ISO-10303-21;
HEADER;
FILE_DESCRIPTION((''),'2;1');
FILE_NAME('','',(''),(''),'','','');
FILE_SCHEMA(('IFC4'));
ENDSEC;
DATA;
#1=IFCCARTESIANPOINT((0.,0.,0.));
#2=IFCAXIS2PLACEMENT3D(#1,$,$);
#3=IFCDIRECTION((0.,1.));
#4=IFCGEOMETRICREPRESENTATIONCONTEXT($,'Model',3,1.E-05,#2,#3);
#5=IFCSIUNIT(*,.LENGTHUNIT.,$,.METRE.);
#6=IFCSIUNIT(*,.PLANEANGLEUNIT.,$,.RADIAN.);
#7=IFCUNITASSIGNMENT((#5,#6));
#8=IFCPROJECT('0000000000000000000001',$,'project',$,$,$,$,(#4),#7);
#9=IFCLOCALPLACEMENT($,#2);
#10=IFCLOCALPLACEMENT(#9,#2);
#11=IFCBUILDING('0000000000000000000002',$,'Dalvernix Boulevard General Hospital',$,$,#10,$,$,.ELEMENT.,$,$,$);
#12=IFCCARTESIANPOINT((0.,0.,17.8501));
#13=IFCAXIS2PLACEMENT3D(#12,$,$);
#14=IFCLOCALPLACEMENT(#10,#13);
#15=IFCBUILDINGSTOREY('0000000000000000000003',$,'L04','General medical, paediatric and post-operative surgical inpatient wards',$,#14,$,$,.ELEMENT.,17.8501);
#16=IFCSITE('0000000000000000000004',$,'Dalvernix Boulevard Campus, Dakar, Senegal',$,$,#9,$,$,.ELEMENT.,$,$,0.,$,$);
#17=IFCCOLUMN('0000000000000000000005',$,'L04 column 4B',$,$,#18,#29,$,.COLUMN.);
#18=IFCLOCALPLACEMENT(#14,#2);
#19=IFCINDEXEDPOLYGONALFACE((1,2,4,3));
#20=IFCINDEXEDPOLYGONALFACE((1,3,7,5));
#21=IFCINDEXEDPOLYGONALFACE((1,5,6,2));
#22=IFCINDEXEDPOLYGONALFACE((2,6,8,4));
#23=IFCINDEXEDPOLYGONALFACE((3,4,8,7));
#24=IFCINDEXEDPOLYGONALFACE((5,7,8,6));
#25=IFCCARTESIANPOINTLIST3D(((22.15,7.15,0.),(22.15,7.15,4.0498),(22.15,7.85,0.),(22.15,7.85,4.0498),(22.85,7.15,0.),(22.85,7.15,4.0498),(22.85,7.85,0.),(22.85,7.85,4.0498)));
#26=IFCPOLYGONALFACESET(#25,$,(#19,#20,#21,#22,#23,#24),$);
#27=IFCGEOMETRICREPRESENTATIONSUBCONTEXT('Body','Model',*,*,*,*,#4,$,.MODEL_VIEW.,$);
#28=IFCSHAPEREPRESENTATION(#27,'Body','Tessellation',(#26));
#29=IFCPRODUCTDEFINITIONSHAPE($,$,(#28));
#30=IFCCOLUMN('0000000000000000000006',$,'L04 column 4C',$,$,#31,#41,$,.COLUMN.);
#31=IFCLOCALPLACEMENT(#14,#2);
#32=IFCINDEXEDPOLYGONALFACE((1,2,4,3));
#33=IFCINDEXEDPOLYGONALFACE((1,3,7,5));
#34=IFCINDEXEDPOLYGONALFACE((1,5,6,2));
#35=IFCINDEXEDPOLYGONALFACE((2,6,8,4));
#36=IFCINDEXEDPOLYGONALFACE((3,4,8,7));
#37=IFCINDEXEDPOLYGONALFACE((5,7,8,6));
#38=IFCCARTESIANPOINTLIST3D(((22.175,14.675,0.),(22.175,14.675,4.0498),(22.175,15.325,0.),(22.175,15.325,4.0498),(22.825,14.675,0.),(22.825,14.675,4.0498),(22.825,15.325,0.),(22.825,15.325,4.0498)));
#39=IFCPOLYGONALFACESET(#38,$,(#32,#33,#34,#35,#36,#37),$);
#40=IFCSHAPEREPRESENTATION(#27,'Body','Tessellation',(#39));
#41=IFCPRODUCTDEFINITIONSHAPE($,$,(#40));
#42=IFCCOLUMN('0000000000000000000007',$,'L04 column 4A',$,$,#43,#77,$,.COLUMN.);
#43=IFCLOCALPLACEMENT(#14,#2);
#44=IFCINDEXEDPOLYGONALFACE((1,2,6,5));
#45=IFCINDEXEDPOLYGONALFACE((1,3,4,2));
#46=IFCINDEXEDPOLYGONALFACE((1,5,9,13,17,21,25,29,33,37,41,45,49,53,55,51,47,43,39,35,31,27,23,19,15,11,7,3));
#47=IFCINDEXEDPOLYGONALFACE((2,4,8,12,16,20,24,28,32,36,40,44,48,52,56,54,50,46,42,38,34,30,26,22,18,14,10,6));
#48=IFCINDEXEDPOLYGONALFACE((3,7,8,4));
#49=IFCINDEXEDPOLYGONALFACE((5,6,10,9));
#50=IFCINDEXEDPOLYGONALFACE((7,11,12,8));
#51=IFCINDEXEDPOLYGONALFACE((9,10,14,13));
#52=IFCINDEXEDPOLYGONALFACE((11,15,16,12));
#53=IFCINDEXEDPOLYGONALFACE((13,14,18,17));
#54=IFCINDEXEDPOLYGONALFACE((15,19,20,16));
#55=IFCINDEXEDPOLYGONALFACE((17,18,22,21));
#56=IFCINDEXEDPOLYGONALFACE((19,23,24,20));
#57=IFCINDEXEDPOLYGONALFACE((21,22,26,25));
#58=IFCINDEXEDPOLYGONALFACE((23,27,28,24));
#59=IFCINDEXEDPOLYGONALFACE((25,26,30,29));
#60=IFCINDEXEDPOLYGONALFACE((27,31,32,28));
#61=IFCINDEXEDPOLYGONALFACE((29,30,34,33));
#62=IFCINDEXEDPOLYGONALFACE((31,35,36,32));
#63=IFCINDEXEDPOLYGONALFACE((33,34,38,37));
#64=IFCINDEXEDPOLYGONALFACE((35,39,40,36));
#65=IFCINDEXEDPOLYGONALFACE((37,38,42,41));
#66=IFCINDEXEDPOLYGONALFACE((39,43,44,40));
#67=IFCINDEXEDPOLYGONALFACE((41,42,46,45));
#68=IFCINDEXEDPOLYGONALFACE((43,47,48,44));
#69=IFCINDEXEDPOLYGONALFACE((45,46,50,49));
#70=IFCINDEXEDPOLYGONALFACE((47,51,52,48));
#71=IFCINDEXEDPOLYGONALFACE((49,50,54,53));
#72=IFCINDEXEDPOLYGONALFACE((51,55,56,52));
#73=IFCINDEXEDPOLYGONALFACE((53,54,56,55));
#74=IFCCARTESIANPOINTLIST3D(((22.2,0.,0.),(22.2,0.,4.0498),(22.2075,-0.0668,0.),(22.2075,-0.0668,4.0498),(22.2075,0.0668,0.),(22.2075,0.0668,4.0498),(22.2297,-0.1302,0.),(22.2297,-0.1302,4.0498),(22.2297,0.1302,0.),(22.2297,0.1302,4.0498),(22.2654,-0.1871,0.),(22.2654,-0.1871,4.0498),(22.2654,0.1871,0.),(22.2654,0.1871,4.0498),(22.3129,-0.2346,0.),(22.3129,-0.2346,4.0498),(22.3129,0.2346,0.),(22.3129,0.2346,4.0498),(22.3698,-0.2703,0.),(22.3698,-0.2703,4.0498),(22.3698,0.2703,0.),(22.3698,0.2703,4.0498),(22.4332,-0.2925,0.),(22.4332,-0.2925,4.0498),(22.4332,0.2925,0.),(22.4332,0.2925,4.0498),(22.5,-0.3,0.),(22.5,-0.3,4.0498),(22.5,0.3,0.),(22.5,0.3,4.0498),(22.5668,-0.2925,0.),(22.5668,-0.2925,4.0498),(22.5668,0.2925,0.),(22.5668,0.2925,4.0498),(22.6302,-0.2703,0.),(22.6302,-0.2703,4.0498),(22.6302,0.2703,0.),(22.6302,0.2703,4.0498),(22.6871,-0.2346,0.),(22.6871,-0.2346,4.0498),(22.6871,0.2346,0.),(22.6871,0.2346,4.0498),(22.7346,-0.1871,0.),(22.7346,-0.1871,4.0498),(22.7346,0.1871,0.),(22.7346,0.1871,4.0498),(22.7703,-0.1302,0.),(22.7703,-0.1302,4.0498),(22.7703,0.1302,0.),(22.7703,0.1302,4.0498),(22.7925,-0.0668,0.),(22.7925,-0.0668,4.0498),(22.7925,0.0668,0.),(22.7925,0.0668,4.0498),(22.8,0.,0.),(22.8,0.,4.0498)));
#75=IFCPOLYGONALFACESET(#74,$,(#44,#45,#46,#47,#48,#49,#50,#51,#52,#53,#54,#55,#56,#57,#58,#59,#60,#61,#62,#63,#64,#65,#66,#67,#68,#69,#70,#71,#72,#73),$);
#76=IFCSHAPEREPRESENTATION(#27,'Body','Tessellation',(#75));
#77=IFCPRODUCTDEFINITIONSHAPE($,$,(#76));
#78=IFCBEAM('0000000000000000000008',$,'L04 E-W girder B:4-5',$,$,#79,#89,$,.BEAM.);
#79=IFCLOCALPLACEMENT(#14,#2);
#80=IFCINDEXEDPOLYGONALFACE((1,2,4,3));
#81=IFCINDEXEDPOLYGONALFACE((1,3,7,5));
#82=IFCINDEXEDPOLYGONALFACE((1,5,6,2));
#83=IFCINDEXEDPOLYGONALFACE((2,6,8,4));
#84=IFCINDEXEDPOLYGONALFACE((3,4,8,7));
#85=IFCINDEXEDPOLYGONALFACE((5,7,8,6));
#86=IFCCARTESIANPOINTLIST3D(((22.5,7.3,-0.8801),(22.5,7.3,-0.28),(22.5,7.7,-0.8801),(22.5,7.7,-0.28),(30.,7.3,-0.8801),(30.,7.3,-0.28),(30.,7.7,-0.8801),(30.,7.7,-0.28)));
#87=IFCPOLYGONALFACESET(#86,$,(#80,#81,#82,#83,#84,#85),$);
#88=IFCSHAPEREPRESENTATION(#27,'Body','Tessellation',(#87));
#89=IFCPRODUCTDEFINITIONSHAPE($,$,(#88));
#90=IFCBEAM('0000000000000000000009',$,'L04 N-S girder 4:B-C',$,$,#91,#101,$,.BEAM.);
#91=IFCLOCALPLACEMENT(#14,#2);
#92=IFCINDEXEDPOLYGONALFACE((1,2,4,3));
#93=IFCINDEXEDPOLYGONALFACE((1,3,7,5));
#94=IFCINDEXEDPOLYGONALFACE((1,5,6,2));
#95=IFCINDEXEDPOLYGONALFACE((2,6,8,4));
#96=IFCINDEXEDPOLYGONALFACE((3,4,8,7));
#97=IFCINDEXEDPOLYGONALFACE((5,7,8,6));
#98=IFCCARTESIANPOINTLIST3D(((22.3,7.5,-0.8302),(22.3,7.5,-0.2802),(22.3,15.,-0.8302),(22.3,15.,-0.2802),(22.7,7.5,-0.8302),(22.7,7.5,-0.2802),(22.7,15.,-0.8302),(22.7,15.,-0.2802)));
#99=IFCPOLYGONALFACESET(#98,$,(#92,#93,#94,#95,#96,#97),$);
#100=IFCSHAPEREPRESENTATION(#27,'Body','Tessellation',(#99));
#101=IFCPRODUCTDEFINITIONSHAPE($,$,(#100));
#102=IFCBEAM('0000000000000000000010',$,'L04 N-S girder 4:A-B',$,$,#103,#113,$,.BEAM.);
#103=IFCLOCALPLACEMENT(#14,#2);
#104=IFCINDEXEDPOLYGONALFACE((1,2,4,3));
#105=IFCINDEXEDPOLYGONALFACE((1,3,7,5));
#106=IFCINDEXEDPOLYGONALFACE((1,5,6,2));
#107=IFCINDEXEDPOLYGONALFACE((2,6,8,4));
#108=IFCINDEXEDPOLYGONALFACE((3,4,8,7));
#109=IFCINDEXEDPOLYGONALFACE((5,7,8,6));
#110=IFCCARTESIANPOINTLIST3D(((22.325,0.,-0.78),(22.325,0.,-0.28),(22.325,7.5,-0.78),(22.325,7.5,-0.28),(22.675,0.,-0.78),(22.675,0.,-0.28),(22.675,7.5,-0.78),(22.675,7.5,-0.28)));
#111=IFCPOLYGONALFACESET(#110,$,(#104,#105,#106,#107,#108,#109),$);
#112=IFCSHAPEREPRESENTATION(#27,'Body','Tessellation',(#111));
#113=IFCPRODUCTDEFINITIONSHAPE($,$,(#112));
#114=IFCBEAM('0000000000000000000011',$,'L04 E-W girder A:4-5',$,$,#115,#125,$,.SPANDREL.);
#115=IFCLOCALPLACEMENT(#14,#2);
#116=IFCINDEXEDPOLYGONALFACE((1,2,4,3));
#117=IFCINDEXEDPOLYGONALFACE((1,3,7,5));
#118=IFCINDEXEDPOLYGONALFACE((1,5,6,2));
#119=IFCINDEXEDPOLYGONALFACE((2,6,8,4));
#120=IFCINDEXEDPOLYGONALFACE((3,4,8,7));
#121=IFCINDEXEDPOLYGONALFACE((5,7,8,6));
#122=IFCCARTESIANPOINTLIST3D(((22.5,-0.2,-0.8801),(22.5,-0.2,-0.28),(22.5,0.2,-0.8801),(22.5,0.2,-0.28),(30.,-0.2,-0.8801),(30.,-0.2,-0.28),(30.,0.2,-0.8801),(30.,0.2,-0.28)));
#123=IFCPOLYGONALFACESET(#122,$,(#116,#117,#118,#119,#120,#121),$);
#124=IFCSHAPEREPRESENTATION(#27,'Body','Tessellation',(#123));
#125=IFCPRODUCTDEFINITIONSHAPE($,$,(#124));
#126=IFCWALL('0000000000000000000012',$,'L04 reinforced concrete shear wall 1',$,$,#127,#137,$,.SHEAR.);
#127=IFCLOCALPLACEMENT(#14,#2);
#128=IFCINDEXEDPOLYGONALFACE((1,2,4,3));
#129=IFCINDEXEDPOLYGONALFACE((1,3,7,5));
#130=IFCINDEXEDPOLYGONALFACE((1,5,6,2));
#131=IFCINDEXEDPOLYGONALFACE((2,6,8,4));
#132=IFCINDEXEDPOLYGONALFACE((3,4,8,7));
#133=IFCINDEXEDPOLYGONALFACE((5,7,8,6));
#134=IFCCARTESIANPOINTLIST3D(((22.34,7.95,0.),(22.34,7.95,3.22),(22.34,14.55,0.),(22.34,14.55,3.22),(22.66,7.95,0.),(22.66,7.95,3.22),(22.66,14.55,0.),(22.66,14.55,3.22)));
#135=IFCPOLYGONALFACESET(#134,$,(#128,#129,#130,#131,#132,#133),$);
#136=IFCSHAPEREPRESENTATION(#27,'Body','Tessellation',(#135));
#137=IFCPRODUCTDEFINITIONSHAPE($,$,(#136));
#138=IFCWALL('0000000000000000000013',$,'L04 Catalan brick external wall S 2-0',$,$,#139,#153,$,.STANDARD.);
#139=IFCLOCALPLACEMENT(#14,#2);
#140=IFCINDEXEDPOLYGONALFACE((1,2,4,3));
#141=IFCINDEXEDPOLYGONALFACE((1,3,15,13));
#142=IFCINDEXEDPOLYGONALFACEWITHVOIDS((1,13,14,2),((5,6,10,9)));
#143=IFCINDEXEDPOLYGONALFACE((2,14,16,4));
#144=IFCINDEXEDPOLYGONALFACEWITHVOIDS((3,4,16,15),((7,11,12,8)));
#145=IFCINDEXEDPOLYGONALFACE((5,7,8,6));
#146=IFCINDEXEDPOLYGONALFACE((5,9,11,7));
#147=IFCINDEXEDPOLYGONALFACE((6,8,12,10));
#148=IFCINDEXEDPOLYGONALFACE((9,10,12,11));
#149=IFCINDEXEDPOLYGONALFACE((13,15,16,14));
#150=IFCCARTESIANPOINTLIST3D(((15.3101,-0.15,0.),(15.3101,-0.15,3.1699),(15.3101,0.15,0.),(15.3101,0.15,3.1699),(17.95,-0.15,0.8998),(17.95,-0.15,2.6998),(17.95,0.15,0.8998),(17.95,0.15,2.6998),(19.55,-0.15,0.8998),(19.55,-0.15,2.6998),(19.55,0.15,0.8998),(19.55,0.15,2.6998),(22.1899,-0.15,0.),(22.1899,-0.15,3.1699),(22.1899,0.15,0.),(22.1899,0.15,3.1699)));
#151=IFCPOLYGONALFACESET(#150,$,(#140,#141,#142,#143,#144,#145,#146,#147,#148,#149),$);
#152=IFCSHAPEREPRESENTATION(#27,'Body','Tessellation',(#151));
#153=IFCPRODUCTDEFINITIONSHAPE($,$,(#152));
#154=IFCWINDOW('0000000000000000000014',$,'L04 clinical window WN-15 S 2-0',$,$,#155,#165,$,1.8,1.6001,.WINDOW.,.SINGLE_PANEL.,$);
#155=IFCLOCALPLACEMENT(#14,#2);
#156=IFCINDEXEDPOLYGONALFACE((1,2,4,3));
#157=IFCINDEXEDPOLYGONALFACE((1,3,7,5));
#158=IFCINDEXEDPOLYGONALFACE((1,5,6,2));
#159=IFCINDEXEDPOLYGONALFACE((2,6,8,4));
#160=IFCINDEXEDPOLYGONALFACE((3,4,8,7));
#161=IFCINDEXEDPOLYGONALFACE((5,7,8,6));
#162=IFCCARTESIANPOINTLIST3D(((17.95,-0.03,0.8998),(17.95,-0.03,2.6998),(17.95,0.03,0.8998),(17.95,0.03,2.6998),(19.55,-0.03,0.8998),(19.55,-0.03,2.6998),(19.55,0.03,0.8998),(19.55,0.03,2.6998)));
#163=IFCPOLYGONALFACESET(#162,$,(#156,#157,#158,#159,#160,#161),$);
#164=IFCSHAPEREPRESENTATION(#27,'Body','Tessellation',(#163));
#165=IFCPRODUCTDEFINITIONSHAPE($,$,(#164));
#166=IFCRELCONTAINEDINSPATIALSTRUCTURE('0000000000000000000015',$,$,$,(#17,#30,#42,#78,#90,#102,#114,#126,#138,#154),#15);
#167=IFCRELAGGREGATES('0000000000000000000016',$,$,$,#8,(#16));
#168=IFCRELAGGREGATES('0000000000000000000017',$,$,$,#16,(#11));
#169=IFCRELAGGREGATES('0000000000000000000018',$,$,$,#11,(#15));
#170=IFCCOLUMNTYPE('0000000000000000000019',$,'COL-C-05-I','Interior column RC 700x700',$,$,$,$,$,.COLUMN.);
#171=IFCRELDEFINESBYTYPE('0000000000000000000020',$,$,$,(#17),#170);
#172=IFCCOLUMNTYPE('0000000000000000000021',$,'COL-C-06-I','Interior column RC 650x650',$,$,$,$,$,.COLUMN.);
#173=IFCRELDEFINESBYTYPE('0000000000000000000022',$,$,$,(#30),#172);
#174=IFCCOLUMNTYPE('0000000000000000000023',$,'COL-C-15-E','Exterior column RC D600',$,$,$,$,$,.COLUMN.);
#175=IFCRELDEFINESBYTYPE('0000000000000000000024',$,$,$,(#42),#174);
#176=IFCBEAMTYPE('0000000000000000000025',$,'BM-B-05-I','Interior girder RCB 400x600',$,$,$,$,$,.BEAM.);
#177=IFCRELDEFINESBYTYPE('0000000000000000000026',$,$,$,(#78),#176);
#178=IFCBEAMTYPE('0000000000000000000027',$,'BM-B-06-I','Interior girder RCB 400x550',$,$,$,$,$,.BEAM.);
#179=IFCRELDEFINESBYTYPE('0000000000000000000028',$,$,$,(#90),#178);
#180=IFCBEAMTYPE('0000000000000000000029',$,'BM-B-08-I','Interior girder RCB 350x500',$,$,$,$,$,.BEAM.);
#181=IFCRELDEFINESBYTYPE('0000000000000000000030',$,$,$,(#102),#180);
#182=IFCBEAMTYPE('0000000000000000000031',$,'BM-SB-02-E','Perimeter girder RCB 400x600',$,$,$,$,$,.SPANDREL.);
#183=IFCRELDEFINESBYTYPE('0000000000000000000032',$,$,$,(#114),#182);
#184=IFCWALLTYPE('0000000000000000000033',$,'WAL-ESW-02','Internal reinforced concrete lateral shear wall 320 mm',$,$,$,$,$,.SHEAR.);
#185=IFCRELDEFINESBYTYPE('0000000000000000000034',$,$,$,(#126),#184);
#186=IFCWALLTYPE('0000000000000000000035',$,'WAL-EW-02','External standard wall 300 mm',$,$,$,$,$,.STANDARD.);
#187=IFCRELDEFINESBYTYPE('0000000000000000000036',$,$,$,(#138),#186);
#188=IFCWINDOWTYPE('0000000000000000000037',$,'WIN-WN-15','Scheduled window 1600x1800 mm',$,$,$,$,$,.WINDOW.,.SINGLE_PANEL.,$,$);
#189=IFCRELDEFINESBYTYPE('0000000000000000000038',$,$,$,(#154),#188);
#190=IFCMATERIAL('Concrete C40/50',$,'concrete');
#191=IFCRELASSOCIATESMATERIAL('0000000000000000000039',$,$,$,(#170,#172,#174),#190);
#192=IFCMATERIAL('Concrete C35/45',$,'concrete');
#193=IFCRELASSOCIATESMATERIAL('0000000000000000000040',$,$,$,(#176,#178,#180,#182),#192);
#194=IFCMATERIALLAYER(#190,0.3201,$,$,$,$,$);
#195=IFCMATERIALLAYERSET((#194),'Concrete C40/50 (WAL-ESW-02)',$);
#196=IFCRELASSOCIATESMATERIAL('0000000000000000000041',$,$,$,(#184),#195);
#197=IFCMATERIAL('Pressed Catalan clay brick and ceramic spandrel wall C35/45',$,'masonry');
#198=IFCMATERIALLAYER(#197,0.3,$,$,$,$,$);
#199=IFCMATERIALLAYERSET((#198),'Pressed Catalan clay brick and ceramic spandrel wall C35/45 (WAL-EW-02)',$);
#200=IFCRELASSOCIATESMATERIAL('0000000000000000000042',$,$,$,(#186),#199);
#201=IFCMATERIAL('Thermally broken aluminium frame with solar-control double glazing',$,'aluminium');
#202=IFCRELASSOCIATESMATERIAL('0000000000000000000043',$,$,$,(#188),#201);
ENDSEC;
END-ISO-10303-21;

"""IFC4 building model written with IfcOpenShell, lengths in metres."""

from ifc_helpers import new_model, si_unit, direction, frame, frame_2d, origin, origin_2d, place, context, subcontext, project, spatial, rectangle, circle, extrude, material, layer, layer_set, material_profile, profile_set, type_object, element, fill, save


model = new_model("IFC4")

# Units and contexts
model_context = context("Model", 3, precision=1e-05, world=origin(), true_north=direction((0.0, 1.0)))
body_context = subcontext(model_context, "Body", "Model", "MODEL_VIEW")
ifc_project = project(units=[si_unit("LENGTHUNIT", "METRE"), si_unit("PLANEANGLEUNIT", "RADIAN")], contexts=[model_context])

# Site, building, storey
site_placement = place(None, origin())
site = spatial("IfcSite", under=ifc_project, at=site_placement, Name="Dalvernix Boulevard Campus, Dakar, Senegal", CompositionType="ELEMENT", RefElevation=0.0)
building_placement = place(site_placement, origin())
building = spatial("IfcBuilding", under=site, at=building_placement, Name="Dalvernix Boulevard General Hospital", CompositionType="ELEMENT")
storey_placement = place(building_placement, frame((0.0, 0.0, 17.8501)))
storey = spatial("IfcBuildingStorey", under=building, at=storey_placement, Name="L04", Description="General medical, paediatric and post-operative surgical inpatient wards", CompositionType="ELEMENT", Elevation=17.8501)

# Columns
ifc_material_1 = material(Name="Concrete C40/50", Category="concrete")
ifc_material_profile_1 = material_profile(ifc_material_1, rectangle(XDim=0.7, YDim=0.7, at=origin_2d()), Name="RC 700x700")
ifc_profile_set_1 = profile_set([ifc_material_profile_1], Name="Concrete C40/50")
column_type_1 = type_object("IfcColumnType", Name="COL-C-05-I", Description="Interior column RC 700x700", PredefinedType="COLUMN", material=ifc_profile_set_1)
column_1_placement = place(storey_placement, frame((22.5, 7.5, 0.0), z_axis=(0.0, 0.0, 1.0), x_axis=(1.0, 0.0, 0.0)))
element("IfcColumn", 1, at=column_1_placement, inside=storey, type_object=column_type_1, Name="L04 column 4B", PredefinedType="COLUMN", context=body_context, shape_type="SweptSolid", body=[
    extrude(rectangle(XDim=0.7, YDim=0.7, at=origin_2d()), origin(), (0.0, 0.0, 1.0), 4.0498),
])
ifc_material_profile_2 = material_profile(ifc_material_1, rectangle(XDim=0.6499, YDim=0.6499, at=origin_2d()), Name="RC 650x650")
ifc_profile_set_2 = profile_set([ifc_material_profile_2], Name="Concrete C40/50")
column_type_2 = type_object("IfcColumnType", Name="COL-C-06-I", Description="Interior column RC 650x650", PredefinedType="COLUMN", material=ifc_profile_set_2)
column_2_placement = place(storey_placement, frame((22.5, 15.0, 0.0), z_axis=(0.0, 0.0, 1.0), x_axis=(1.0, 0.0, 0.0)))
element("IfcColumn", 2, at=column_2_placement, inside=storey, type_object=column_type_2, Name="L04 column 4C", PredefinedType="COLUMN", context=body_context, shape_type="SweptSolid", body=[
    extrude(rectangle(XDim=0.6499, YDim=0.6499, at=origin_2d()), origin(), (0.0, 0.0, 1.0), 4.0498),
])
ifc_material_profile_3 = material_profile(ifc_material_1, circle(Radius=0.3, at=origin_2d()), Name="RC D600")
ifc_profile_set_3 = profile_set([ifc_material_profile_3], Name="Concrete C40/50")
column_type_3 = type_object("IfcColumnType", Name="COL-C-15-E", Description="Exterior column RC D600", PredefinedType="COLUMN", material=ifc_profile_set_3)
column_3_placement = place(storey_placement, frame((22.5, 0.0, 0.0), z_axis=(0.0, 0.0, 1.0), x_axis=(1.0, 0.0, 0.0)))
element("IfcColumn", 3, at=column_3_placement, inside=storey, type_object=column_type_3, Name="L04 column 4A", PredefinedType="COLUMN", context=body_context, shape_type="SweptSolid", body=[
    extrude(circle(Radius=0.3, at=origin_2d()), origin(), (0.0, 0.0, 1.0), 4.0498),
])

# Beams
ifc_material_2 = material(Name="Concrete C35/45", Category="concrete")
ifc_material_profile_4 = material_profile(ifc_material_2, rectangle(XDim=0.3999, YDim=0.6001, at=origin_2d()), Name="RCB 400x600")
ifc_profile_set_4 = profile_set([ifc_material_profile_4], Name="Concrete C35/45")
beam_type_1 = type_object("IfcBeamType", Name="BM-B-05-I", Description="Interior girder RCB 400x600", PredefinedType="BEAM", material=ifc_profile_set_4)
beam_1_placement = place(storey_placement, frame((22.5, 7.5, -0.5801), z_axis=(1.0, 0.0, 0.0), x_axis=(0.0, 1.0, 0.0)))
element("IfcBeam", 4, at=beam_1_placement, inside=storey, type_object=beam_type_1, Name="L04 E-W girder B:4-5", PredefinedType="BEAM", context=body_context, shape_type="SweptSolid", body=[
    extrude(rectangle(XDim=0.3999, YDim=0.6001, at=origin_2d()), origin(), (0.0, 0.0, 1.0), 7.5),
])
ifc_material_profile_5 = material_profile(ifc_material_2, rectangle(XDim=0.3999, YDim=0.55, at=origin_2d()), Name="RCB 400x550")
ifc_profile_set_5 = profile_set([ifc_material_profile_5], Name="Concrete C35/45")
beam_type_2 = type_object("IfcBeamType", Name="BM-B-06-I", Description="Interior girder RCB 400x550", PredefinedType="BEAM", material=ifc_profile_set_5)
beam_2_placement = place(storey_placement, frame((22.5, 7.5, -0.5552), z_axis=(0.0, 1.0, 0.0), x_axis=(-1.0, 0.0, 0.0)))
element("IfcBeam", 5, at=beam_2_placement, inside=storey, type_object=beam_type_2, Name="L04 N-S girder 4:B-C", PredefinedType="BEAM", context=body_context, shape_type="SweptSolid", body=[
    extrude(rectangle(XDim=0.3999, YDim=0.55, at=origin_2d()), origin(), (0.0, 0.0, 1.0), 7.5),
])
ifc_material_profile_6 = material_profile(ifc_material_2, rectangle(XDim=0.3501, YDim=0.5, at=origin_2d()), Name="RCB 350x500")
ifc_profile_set_6 = profile_set([ifc_material_profile_6], Name="Concrete C35/45")
beam_type_3 = type_object("IfcBeamType", Name="BM-B-08-I", Description="Interior girder RCB 350x500", PredefinedType="BEAM", material=ifc_profile_set_6)
beam_3_placement = place(storey_placement, frame((22.5, 0.0, -0.53), z_axis=(0.0, 1.0, 0.0), x_axis=(-1.0, 0.0, 0.0)))
element("IfcBeam", 6, at=beam_3_placement, inside=storey, type_object=beam_type_3, Name="L04 N-S girder 4:A-B", PredefinedType="BEAM", context=body_context, shape_type="SweptSolid", body=[
    extrude(rectangle(XDim=0.3501, YDim=0.5, at=origin_2d()), origin(), (0.0, 0.0, 1.0), 7.5),
])
ifc_material_profile_7 = material_profile(ifc_material_2, rectangle(XDim=0.3999, YDim=0.6001, at=origin_2d()), Name="RCB 400x600")
ifc_profile_set_7 = profile_set([ifc_material_profile_7], Name="Concrete C35/45")
beam_type_4 = type_object("IfcBeamType", Name="BM-SB-02-E", Description="Perimeter girder RCB 400x600", PredefinedType="SPANDREL", material=ifc_profile_set_7)
beam_4_placement = place(storey_placement, frame((22.5, 0.0, -0.5801), z_axis=(1.0, 0.0, 0.0), x_axis=(0.0, 1.0, 0.0)))
element("IfcBeam", 7, at=beam_4_placement, inside=storey, type_object=beam_type_4, Name="L04 E-W girder A:4-5", PredefinedType="SPANDREL", context=body_context, shape_type="SweptSolid", body=[
    extrude(rectangle(XDim=0.3999, YDim=0.6001, at=origin_2d()), origin(), (0.0, 0.0, 1.0), 7.5),
])

# Wall
ifc_layer_1 = layer(ifc_material_1, 0.3201)
ifc_layer_set_1 = layer_set([ifc_layer_1], Name="Concrete C40/50 (WAL-ESW-02)")
wall_type_1 = type_object("IfcWallType", Name="WAL-ESW-02", Description="Internal reinforced concrete lateral shear wall 320 mm", PredefinedType="SHEAR", material=ifc_layer_set_1)
wall_1_placement = place(storey_placement, frame((22.5, 7.95, 0.0), z_axis=(0.0, 0.0, 1.0), x_axis=(0.0, 1.0, 0.0)))
element("IfcWall", 8, at=wall_1_placement, inside=storey, type_object=wall_type_1, Name="L04 reinforced concrete shear wall 1", PredefinedType="SHEAR", context=body_context, shape_type="SweptSolid", body=[
    extrude(rectangle(XDim=6.6001, YDim=0.3201, at=frame_2d((3.3, 0.0))), origin(), (0.0, 0.0, 1.0), 3.22),
])

# Wall, opening, window
ifc_material_3 = material(Name="Pressed Catalan clay brick and ceramic spandrel wall C35/45", Category="masonry")
ifc_layer_2 = layer(ifc_material_3, 0.3)
ifc_layer_set_2 = layer_set([ifc_layer_2], Name="Pressed Catalan clay brick and ceramic spandrel wall C35/45 (WAL-EW-02)")
wall_type_2 = type_object("IfcWallType", Name="WAL-EW-02", Description="External standard wall 300 mm", PredefinedType="STANDARD", material=ifc_layer_set_2)
wall_2_placement = place(storey_placement, frame((22.1899, 0.0, 0.0), z_axis=(0.0, 0.0, 1.0), x_axis=(-1.0, 0.0, 0.0)))
wall_2 = element("IfcWall", 9, at=wall_2_placement, inside=storey, type_object=wall_type_2, Name="L04 Catalan brick external wall S 2-0", PredefinedType="STANDARD", context=body_context, shape_type="SweptSolid", body=[
    extrude(rectangle(XDim=6.8799, YDim=0.3, at=frame_2d((3.4399, 0.0))), origin(), (0.0, 0.0, 1.0), 3.1699),
])
opening_1_placement = place(wall_2_placement, frame((2.6399, 0.0, 0.8999)))
opening_1 = element("IfcOpeningElement", 10, at=opening_1_placement, cuts=wall_2, PredefinedType="OPENING", context=body_context, shape_type="SweptSolid", body=[
    extrude(rectangle(XDim=1.6001, YDim=1.8, at=frame_2d((0.8, 0.8999))), frame((0.0, 0.1599, 0.0), z_axis=(0.0, -1.0, 0.0), x_axis=(1.0, 0.0, 0.0)), (0.0, 0.0, 1.0), 0.3201),
])
ifc_material_4 = material(Name="Thermally broken aluminium frame with solar-control double glazing", Category="aluminium")
window_type = type_object("IfcWindowType", Name="WIN-WN-15", Description="Scheduled window 1600x1800 mm", PartitioningType="SINGLE_PANEL", PredefinedType="WINDOW", material=ifc_material_4)
window_placement = place(opening_1_placement, origin())
window = element("IfcWindow", 11, at=window_placement, inside=storey, type_object=window_type, Name="L04 clinical window WN-15 S 2-0", OverallHeight=1.8, OverallWidth=1.6001, PartitioningType="SINGLE_PANEL", PredefinedType="WINDOW", context=body_context, shape_type="SweptSolid", body=[
    extrude(rectangle(XDim=1.6001, YDim=1.8, at=frame_2d((0.8, 0.8999))), frame((0.0, 0.03, 0.0), z_axis=(0.0, -1.0, 0.0), x_axis=(1.0, 0.0, 0.0)), (0.0, 0.0, 1.0), 0.0601),
])
fill(opening_1, window)

save(model, "model.ifc")
